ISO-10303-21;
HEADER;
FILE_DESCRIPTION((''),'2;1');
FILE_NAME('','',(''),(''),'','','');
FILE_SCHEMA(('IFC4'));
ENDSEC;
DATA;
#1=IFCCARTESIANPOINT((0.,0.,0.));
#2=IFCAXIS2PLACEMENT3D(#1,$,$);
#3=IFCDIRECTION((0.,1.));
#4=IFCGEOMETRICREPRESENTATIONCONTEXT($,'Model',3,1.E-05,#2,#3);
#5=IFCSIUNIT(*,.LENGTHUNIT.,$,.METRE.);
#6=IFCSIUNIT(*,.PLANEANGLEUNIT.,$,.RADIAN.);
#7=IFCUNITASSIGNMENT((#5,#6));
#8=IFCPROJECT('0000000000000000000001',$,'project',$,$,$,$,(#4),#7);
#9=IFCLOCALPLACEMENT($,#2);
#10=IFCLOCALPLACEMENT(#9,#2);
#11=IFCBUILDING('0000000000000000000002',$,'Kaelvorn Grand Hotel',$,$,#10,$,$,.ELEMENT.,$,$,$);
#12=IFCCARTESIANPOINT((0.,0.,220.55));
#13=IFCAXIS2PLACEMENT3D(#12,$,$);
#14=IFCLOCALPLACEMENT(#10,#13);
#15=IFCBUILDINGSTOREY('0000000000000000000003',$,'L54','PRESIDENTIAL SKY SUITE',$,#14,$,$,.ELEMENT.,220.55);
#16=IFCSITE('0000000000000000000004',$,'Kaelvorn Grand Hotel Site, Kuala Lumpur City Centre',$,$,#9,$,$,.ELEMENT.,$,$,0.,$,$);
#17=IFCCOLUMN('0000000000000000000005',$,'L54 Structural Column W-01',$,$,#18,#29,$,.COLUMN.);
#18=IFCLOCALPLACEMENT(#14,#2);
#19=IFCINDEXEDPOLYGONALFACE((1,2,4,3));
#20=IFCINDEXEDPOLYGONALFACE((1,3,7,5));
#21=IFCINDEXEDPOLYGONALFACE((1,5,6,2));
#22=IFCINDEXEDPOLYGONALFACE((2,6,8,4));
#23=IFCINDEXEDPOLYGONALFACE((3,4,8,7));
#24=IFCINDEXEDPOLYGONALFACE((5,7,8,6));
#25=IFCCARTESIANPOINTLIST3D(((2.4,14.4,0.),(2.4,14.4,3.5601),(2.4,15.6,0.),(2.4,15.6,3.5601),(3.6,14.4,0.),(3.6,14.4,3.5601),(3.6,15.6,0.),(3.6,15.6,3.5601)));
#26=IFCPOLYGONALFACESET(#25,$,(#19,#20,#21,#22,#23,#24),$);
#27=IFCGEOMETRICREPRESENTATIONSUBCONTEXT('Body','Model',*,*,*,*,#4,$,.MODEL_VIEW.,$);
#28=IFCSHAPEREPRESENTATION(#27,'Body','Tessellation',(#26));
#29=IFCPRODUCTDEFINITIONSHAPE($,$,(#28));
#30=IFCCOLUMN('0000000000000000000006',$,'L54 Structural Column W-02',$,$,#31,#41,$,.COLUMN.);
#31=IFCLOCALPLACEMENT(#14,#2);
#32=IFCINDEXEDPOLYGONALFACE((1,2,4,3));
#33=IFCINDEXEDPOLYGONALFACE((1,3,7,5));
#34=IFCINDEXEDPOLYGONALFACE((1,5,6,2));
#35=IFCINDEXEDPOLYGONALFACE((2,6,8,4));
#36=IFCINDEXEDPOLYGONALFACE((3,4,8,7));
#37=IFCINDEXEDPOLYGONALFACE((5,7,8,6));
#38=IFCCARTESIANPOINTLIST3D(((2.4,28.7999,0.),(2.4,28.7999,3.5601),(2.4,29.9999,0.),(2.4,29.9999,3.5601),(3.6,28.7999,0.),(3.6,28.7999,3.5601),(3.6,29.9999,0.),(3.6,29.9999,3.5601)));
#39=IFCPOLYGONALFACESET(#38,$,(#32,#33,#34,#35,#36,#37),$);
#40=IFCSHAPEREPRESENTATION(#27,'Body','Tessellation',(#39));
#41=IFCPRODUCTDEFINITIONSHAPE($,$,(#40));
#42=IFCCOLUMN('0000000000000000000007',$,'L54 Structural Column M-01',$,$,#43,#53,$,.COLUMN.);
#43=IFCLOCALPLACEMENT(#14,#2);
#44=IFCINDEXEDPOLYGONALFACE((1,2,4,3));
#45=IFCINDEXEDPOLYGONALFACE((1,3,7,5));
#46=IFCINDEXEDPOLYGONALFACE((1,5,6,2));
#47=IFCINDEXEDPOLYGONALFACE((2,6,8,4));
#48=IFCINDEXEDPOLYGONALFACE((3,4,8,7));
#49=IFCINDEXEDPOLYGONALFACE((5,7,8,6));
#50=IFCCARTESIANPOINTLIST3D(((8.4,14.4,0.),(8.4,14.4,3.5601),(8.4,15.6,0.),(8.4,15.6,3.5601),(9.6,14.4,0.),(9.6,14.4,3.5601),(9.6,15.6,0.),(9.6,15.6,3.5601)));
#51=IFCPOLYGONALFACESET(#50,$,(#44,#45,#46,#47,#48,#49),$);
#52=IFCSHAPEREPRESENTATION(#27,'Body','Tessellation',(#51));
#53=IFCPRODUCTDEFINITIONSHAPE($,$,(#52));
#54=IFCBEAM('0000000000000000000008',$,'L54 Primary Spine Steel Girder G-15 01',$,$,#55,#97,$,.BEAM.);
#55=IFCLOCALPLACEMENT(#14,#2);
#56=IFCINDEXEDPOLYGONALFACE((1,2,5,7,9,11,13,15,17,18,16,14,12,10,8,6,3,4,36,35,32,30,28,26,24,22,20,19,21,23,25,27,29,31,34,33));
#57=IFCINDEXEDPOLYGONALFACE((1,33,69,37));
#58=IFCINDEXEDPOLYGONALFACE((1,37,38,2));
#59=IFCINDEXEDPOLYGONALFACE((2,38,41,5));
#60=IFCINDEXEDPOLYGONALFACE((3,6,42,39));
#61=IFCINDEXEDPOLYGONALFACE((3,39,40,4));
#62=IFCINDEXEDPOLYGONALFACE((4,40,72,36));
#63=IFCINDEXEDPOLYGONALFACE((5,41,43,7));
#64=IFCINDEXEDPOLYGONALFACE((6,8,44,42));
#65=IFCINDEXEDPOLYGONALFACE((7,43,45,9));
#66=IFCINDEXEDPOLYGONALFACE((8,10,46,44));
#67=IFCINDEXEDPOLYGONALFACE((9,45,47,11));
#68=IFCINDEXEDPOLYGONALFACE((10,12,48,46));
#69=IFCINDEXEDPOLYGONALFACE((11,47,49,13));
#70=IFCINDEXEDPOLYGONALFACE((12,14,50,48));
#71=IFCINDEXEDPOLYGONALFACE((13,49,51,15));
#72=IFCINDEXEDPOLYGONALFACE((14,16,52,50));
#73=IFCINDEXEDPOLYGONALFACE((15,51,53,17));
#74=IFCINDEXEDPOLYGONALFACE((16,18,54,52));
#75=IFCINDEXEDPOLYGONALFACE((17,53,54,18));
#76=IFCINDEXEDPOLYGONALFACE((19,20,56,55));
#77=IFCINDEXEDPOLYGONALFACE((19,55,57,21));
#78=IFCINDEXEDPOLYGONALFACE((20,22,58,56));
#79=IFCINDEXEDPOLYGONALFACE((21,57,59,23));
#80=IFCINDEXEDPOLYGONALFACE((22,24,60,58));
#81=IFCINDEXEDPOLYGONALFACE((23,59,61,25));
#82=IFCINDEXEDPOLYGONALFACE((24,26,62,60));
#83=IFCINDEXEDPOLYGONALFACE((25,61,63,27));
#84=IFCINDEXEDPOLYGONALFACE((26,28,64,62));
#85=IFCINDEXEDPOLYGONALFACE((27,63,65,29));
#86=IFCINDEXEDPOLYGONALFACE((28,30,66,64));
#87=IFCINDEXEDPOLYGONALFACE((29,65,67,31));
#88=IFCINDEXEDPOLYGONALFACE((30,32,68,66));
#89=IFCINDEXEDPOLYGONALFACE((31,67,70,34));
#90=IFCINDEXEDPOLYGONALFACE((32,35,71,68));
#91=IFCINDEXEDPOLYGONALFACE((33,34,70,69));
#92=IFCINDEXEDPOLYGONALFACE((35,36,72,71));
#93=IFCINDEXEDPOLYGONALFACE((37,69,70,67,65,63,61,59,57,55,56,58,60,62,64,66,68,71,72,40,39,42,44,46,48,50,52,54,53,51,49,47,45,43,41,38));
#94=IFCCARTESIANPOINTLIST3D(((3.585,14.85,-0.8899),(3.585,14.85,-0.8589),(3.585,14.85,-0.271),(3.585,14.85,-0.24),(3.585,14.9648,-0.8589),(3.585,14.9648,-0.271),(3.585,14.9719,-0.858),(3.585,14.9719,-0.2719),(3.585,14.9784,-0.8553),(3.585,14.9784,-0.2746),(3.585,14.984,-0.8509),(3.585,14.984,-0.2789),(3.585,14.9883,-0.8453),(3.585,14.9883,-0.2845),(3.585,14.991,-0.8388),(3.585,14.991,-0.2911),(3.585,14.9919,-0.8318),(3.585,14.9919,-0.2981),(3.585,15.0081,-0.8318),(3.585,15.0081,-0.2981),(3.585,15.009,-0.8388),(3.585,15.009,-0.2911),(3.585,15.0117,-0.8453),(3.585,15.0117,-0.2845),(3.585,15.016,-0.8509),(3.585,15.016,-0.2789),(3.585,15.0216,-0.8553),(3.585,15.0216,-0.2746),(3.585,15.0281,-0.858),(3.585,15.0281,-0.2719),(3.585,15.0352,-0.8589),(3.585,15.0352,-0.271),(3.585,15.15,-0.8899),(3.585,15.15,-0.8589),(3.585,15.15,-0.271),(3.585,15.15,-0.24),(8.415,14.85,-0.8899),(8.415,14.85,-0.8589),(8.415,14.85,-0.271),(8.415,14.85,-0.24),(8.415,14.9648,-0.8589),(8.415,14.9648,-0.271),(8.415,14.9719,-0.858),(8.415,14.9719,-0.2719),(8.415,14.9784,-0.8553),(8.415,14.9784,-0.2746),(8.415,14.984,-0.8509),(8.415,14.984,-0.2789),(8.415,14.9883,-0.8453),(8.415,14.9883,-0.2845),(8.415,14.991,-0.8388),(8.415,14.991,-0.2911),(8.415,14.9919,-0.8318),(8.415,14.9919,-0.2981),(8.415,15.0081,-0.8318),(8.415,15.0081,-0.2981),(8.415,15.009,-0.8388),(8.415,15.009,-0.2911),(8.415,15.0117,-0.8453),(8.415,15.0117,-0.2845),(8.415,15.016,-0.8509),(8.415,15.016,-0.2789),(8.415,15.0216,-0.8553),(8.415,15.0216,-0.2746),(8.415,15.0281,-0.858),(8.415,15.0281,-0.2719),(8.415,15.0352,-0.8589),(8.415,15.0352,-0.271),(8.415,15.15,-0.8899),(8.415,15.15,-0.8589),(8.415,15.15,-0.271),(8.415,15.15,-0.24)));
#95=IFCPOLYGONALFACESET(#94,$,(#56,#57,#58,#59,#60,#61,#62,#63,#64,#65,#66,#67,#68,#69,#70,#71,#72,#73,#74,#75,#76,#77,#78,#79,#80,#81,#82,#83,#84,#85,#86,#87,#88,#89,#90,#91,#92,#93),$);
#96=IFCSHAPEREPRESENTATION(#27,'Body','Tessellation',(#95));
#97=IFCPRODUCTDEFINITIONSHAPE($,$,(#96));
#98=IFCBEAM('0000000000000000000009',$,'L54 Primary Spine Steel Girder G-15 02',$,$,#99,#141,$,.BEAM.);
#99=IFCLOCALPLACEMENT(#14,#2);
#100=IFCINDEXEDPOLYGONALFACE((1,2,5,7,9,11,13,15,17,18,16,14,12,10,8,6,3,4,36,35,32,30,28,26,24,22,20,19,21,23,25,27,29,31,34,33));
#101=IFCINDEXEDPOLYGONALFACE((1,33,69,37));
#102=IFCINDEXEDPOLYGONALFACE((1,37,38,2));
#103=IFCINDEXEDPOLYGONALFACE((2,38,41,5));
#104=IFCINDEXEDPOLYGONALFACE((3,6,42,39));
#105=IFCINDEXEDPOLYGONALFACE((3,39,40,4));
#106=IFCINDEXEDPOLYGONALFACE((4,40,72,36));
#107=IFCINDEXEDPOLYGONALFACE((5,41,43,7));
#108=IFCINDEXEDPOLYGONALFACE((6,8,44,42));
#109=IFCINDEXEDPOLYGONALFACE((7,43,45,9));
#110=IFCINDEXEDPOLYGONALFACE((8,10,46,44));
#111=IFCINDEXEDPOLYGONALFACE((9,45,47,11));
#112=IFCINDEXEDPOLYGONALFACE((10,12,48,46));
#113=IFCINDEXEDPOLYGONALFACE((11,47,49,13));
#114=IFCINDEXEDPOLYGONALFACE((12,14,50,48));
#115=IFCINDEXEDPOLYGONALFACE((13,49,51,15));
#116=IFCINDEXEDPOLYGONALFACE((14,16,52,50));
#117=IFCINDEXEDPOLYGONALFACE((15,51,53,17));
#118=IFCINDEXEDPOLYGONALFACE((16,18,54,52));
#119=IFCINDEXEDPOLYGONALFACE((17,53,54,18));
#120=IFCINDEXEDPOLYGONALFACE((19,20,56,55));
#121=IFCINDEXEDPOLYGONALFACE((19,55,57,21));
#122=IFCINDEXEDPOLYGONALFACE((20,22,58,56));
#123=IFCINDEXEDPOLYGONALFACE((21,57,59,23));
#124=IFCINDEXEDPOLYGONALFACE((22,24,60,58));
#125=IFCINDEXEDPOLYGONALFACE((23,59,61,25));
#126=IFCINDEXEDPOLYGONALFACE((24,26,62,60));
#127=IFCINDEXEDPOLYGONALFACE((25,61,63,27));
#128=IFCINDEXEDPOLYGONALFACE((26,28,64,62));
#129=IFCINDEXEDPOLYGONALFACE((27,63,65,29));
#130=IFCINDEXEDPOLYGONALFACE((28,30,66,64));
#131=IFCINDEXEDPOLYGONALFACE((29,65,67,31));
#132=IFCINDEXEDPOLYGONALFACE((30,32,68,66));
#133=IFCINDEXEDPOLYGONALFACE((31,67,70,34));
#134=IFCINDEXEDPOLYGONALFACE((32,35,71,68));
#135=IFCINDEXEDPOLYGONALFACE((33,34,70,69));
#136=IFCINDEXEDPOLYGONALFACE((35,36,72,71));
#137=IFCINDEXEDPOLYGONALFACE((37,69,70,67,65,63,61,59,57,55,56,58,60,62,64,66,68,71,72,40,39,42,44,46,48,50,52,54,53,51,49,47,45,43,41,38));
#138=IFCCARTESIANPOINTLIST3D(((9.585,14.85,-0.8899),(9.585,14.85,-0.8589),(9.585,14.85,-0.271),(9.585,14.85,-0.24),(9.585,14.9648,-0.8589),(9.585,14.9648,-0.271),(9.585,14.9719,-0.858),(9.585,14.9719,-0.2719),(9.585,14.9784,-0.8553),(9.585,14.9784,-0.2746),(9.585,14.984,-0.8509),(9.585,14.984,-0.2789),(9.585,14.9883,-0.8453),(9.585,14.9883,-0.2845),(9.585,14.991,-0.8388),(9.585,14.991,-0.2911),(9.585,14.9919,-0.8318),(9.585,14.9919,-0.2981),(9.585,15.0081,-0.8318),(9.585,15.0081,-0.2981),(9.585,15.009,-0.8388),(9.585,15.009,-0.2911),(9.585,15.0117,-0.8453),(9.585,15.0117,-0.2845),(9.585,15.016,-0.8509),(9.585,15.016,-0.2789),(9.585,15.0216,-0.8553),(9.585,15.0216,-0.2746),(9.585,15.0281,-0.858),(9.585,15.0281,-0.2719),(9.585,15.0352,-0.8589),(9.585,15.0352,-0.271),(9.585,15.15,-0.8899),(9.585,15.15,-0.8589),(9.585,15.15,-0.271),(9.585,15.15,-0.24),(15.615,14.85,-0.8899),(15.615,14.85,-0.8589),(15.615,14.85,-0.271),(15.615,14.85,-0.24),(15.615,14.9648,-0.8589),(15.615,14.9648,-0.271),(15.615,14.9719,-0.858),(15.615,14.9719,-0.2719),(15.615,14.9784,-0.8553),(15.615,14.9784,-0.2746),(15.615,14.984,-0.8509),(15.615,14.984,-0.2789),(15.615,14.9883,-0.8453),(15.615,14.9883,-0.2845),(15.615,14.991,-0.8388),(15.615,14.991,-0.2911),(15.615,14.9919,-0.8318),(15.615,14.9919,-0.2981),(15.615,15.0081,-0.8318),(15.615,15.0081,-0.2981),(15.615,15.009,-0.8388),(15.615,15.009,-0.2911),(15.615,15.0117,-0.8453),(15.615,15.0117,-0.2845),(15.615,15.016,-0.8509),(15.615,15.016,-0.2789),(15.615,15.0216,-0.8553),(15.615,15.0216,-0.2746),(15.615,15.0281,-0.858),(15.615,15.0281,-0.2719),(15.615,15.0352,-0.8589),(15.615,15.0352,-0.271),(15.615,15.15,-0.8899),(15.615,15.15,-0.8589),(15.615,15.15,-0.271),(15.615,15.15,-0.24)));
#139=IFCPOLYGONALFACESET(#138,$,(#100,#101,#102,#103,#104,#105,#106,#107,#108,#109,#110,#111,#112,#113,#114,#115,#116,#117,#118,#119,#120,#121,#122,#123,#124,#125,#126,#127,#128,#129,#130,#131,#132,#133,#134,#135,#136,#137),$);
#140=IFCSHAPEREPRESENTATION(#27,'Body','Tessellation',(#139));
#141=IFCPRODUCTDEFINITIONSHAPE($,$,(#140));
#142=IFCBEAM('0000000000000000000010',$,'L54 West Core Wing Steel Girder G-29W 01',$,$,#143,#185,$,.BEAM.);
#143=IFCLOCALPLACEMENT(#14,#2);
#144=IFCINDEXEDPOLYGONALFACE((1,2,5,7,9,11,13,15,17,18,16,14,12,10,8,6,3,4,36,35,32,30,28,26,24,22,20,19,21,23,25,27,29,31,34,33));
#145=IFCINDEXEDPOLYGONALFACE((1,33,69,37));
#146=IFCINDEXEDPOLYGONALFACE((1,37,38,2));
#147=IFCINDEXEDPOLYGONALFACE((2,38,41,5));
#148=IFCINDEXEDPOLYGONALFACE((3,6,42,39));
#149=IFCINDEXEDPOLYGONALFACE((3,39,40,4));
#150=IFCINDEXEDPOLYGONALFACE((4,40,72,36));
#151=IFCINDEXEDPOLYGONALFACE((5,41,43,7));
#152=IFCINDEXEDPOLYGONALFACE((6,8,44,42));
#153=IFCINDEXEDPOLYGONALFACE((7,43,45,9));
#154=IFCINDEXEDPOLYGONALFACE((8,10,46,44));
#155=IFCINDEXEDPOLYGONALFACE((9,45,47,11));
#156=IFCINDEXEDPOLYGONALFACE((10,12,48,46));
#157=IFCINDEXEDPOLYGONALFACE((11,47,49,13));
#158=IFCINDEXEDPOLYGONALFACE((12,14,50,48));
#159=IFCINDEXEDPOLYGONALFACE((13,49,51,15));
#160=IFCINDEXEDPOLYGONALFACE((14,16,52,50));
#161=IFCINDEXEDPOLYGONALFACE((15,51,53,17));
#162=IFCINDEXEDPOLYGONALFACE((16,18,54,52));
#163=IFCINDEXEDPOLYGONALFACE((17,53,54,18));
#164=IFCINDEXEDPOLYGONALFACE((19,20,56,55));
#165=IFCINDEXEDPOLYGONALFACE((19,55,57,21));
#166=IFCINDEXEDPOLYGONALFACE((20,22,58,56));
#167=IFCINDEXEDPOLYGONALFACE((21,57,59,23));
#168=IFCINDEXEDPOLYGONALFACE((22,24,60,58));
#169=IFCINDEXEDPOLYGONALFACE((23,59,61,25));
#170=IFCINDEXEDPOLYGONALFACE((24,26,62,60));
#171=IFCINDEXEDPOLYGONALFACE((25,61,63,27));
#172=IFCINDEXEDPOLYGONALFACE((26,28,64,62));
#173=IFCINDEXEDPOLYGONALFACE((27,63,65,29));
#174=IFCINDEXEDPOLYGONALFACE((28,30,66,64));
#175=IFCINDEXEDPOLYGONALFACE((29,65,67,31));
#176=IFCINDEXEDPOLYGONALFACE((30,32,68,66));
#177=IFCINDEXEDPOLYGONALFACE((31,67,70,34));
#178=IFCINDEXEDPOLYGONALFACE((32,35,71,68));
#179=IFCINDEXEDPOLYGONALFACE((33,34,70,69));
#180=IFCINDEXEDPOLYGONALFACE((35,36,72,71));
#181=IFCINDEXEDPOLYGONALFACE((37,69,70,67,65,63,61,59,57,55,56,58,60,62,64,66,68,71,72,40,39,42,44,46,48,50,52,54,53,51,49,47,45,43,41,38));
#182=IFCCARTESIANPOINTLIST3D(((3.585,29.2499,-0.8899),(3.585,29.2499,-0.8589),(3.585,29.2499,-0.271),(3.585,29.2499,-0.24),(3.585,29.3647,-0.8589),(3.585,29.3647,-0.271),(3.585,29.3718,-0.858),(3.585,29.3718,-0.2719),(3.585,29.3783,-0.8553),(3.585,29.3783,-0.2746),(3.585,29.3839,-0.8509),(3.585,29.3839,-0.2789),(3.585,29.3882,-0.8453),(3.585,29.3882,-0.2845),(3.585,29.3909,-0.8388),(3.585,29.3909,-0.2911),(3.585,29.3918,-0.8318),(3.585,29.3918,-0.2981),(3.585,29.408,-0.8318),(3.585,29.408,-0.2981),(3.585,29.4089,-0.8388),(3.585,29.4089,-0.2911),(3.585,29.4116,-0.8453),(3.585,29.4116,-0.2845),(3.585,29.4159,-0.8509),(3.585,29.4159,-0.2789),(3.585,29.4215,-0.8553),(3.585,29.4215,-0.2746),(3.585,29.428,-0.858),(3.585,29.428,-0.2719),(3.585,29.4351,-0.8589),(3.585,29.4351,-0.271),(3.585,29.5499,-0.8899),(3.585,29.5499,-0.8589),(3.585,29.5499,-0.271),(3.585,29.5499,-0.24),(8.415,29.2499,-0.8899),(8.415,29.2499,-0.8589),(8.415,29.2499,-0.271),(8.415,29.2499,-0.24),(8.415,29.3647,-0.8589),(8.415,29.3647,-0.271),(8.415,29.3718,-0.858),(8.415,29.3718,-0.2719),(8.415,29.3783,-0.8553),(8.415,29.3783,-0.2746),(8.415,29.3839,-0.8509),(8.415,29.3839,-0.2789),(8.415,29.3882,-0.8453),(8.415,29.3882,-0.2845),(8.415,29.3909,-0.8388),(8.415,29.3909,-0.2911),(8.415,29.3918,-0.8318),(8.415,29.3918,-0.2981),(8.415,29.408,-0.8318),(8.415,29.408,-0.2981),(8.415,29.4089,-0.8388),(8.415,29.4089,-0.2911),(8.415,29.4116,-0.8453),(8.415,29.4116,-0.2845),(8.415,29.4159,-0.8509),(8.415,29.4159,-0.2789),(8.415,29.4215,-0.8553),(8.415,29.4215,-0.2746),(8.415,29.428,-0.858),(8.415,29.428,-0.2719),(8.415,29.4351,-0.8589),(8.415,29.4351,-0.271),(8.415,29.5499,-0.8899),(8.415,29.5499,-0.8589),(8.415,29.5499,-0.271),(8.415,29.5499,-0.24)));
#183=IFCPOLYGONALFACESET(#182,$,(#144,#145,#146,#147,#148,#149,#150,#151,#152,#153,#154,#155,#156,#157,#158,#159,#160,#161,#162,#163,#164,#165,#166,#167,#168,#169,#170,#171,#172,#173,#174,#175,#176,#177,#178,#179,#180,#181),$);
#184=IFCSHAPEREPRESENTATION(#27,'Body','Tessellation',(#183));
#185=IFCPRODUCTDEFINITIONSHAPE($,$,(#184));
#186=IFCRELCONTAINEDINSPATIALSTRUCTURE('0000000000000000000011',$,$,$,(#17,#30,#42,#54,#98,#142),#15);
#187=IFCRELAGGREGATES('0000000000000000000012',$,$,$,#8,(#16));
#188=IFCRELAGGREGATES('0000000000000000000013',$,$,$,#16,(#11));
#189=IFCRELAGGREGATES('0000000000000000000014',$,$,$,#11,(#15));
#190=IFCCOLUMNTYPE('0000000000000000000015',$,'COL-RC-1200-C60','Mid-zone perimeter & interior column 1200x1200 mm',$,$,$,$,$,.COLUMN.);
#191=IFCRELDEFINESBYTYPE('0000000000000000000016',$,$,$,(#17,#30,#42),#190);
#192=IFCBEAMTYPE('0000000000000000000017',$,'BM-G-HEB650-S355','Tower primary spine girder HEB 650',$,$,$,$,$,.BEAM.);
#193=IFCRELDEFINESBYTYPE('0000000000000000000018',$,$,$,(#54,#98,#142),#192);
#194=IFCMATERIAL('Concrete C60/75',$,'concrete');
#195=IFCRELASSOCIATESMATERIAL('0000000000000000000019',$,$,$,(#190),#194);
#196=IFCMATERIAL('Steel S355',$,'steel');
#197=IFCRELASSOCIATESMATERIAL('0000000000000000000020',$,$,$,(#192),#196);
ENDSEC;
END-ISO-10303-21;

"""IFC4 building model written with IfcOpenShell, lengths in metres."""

from ifc_helpers import new_model, si_unit, direction, frame, origin, origin_2d, place, context, subcontext, project, spatial, rectangle, i_section, extrude, material, material_profile, profile_set, type_object, element, save


model = new_model("IFC4")

# Units and contexts
model_context = context("Model", 3, precision=1e-05, world=origin(), true_north=direction((0.0, 1.0)))
body_context = subcontext(model_context, "Body", "Model", "MODEL_VIEW")
ifc_project = project(units=[si_unit("LENGTHUNIT", "METRE"), si_unit("PLANEANGLEUNIT", "RADIAN")], contexts=[model_context])

# Site, building, storey
site_placement = place(None, origin())
site = spatial("IfcSite", under=ifc_project, at=site_placement, Name="Kaelvorn Grand Hotel Site, Kuala Lumpur City Centre", CompositionType="ELEMENT", RefElevation=0.0)
building_placement = place(site_placement, origin())
building = spatial("IfcBuilding", under=site, at=building_placement, Name="Kaelvorn Grand Hotel", CompositionType="ELEMENT")
storey_placement = place(building_placement, frame((0.0, 0.0, 220.55)))
storey = spatial("IfcBuildingStorey", under=building, at=storey_placement, Name="L54", Description="PRESIDENTIAL SKY SUITE", CompositionType="ELEMENT", Elevation=220.55)

# Columns
ifc_material_1 = material(Name="Concrete C60/75", Category="concrete")
ifc_material_profile_1 = material_profile(ifc_material_1, rectangle(XDim=1.2, YDim=1.2, at=origin_2d()), Name="RC COL 1200x1200")
ifc_profile_set_1 = profile_set([ifc_material_profile_1], Name="Concrete C60/75")
column_type = type_object("IfcColumnType", Name="COL-RC-1200-C60", Description="Mid-zone perimeter & interior column 1200x1200 mm", PredefinedType="COLUMN", material=ifc_profile_set_1)
for number, where, z_axis, x_axis, name in (
    (1, (3.0, 15.0, 0.0), (0.0, 0.0, 1.0), (1.0, 0.0, 0.0), "L54 Structural Column W-01"),
    (2, (3.0, 29.3999, 0.0), (0.0, 0.0, 1.0), (1.0, 0.0, 0.0), "L54 Structural Column W-02"),
    (3, (9.0, 15.0, 0.0), (0.0, 0.0, 1.0), (1.0, 0.0, 0.0), "L54 Structural Column M-01"),
):
    element("IfcColumn", number, at=place(storey_placement, frame(where, z_axis=z_axis, x_axis=x_axis)), inside=storey, type_object=column_type, Name=name, PredefinedType="COLUMN", context=body_context, shape_type="SweptSolid", body=[
        extrude(rectangle(XDim=1.2, YDim=1.2, at=origin_2d()), origin(), (0.0, 0.0, 1.0), 3.5601),
    ])

# Beams
ifc_material_2 = material(Name="Steel S355", Category="steel")
ifc_material_profile_2 = material_profile(ifc_material_2, i_section(OverallWidth=0.3, OverallDepth=0.6499, WebThickness=0.0161, FlangeThickness=0.031, FilletRadius=0.0271, at=origin_2d()), Name="HEB 650")
ifc_profile_set_2 = profile_set([ifc_material_profile_2], Name="Steel S355")
beam_type_1 = type_object("IfcBeamType", Name="BM-G-HEB650-S355", Description="Tower primary spine girder HEB 650", PredefinedType="BEAM", material=ifc_profile_set_2)
beam_1_placement = place(storey_placement, frame((3.585, 15.0, -0.5649), z_axis=(1.0, 0.0, 0.0), x_axis=(0.0, 1.0, 0.0)))
element("IfcBeam", 4, at=beam_1_placement, inside=storey, type_object=beam_type_1, Name="L54 Primary Spine Steel Girder G-15 01", PredefinedType="BEAM", context=body_context, shape_type="SweptSolid", body=[
    extrude(i_section(OverallWidth=0.3, OverallDepth=0.6499, WebThickness=0.0161, FlangeThickness=0.031, FilletRadius=0.0271, at=origin_2d()), origin(), (0.0, 0.0, 1.0), 4.8301),
])
beam_2_placement = place(storey_placement, frame((9.585, 15.0, -0.5649), z_axis=(1.0, 0.0, 0.0), x_axis=(0.0, 1.0, 0.0)))
element("IfcBeam", 5, at=beam_2_placement, inside=storey, type_object=beam_type_1, Name="L54 Primary Spine Steel Girder G-15 02", PredefinedType="BEAM", context=body_context, shape_type="SweptSolid", body=[
    extrude(i_section(OverallWidth=0.3, OverallDepth=0.6499, WebThickness=0.0161, FlangeThickness=0.031, FilletRadius=0.0271, at=origin_2d()), origin(), (0.0, 0.0, 1.0), 6.03),
])
beam_3_placement = place(storey_placement, frame((3.585, 29.3999, -0.5649), z_axis=(1.0, 0.0, 0.0), x_axis=(0.0, 1.0, 0.0)))
element("IfcBeam", 6, at=beam_3_placement, inside=storey, type_object=beam_type_1, Name="L54 West Core Wing Steel Girder G-29W 01", PredefinedType="BEAM", context=body_context, shape_type="SweptSolid", body=[
    extrude(i_section(OverallWidth=0.3, OverallDepth=0.6499, WebThickness=0.0161, FlangeThickness=0.031, FilletRadius=0.0271, at=origin_2d()), origin(), (0.0, 0.0, 1.0), 4.8301),
])

save(model, "model.ifc")
